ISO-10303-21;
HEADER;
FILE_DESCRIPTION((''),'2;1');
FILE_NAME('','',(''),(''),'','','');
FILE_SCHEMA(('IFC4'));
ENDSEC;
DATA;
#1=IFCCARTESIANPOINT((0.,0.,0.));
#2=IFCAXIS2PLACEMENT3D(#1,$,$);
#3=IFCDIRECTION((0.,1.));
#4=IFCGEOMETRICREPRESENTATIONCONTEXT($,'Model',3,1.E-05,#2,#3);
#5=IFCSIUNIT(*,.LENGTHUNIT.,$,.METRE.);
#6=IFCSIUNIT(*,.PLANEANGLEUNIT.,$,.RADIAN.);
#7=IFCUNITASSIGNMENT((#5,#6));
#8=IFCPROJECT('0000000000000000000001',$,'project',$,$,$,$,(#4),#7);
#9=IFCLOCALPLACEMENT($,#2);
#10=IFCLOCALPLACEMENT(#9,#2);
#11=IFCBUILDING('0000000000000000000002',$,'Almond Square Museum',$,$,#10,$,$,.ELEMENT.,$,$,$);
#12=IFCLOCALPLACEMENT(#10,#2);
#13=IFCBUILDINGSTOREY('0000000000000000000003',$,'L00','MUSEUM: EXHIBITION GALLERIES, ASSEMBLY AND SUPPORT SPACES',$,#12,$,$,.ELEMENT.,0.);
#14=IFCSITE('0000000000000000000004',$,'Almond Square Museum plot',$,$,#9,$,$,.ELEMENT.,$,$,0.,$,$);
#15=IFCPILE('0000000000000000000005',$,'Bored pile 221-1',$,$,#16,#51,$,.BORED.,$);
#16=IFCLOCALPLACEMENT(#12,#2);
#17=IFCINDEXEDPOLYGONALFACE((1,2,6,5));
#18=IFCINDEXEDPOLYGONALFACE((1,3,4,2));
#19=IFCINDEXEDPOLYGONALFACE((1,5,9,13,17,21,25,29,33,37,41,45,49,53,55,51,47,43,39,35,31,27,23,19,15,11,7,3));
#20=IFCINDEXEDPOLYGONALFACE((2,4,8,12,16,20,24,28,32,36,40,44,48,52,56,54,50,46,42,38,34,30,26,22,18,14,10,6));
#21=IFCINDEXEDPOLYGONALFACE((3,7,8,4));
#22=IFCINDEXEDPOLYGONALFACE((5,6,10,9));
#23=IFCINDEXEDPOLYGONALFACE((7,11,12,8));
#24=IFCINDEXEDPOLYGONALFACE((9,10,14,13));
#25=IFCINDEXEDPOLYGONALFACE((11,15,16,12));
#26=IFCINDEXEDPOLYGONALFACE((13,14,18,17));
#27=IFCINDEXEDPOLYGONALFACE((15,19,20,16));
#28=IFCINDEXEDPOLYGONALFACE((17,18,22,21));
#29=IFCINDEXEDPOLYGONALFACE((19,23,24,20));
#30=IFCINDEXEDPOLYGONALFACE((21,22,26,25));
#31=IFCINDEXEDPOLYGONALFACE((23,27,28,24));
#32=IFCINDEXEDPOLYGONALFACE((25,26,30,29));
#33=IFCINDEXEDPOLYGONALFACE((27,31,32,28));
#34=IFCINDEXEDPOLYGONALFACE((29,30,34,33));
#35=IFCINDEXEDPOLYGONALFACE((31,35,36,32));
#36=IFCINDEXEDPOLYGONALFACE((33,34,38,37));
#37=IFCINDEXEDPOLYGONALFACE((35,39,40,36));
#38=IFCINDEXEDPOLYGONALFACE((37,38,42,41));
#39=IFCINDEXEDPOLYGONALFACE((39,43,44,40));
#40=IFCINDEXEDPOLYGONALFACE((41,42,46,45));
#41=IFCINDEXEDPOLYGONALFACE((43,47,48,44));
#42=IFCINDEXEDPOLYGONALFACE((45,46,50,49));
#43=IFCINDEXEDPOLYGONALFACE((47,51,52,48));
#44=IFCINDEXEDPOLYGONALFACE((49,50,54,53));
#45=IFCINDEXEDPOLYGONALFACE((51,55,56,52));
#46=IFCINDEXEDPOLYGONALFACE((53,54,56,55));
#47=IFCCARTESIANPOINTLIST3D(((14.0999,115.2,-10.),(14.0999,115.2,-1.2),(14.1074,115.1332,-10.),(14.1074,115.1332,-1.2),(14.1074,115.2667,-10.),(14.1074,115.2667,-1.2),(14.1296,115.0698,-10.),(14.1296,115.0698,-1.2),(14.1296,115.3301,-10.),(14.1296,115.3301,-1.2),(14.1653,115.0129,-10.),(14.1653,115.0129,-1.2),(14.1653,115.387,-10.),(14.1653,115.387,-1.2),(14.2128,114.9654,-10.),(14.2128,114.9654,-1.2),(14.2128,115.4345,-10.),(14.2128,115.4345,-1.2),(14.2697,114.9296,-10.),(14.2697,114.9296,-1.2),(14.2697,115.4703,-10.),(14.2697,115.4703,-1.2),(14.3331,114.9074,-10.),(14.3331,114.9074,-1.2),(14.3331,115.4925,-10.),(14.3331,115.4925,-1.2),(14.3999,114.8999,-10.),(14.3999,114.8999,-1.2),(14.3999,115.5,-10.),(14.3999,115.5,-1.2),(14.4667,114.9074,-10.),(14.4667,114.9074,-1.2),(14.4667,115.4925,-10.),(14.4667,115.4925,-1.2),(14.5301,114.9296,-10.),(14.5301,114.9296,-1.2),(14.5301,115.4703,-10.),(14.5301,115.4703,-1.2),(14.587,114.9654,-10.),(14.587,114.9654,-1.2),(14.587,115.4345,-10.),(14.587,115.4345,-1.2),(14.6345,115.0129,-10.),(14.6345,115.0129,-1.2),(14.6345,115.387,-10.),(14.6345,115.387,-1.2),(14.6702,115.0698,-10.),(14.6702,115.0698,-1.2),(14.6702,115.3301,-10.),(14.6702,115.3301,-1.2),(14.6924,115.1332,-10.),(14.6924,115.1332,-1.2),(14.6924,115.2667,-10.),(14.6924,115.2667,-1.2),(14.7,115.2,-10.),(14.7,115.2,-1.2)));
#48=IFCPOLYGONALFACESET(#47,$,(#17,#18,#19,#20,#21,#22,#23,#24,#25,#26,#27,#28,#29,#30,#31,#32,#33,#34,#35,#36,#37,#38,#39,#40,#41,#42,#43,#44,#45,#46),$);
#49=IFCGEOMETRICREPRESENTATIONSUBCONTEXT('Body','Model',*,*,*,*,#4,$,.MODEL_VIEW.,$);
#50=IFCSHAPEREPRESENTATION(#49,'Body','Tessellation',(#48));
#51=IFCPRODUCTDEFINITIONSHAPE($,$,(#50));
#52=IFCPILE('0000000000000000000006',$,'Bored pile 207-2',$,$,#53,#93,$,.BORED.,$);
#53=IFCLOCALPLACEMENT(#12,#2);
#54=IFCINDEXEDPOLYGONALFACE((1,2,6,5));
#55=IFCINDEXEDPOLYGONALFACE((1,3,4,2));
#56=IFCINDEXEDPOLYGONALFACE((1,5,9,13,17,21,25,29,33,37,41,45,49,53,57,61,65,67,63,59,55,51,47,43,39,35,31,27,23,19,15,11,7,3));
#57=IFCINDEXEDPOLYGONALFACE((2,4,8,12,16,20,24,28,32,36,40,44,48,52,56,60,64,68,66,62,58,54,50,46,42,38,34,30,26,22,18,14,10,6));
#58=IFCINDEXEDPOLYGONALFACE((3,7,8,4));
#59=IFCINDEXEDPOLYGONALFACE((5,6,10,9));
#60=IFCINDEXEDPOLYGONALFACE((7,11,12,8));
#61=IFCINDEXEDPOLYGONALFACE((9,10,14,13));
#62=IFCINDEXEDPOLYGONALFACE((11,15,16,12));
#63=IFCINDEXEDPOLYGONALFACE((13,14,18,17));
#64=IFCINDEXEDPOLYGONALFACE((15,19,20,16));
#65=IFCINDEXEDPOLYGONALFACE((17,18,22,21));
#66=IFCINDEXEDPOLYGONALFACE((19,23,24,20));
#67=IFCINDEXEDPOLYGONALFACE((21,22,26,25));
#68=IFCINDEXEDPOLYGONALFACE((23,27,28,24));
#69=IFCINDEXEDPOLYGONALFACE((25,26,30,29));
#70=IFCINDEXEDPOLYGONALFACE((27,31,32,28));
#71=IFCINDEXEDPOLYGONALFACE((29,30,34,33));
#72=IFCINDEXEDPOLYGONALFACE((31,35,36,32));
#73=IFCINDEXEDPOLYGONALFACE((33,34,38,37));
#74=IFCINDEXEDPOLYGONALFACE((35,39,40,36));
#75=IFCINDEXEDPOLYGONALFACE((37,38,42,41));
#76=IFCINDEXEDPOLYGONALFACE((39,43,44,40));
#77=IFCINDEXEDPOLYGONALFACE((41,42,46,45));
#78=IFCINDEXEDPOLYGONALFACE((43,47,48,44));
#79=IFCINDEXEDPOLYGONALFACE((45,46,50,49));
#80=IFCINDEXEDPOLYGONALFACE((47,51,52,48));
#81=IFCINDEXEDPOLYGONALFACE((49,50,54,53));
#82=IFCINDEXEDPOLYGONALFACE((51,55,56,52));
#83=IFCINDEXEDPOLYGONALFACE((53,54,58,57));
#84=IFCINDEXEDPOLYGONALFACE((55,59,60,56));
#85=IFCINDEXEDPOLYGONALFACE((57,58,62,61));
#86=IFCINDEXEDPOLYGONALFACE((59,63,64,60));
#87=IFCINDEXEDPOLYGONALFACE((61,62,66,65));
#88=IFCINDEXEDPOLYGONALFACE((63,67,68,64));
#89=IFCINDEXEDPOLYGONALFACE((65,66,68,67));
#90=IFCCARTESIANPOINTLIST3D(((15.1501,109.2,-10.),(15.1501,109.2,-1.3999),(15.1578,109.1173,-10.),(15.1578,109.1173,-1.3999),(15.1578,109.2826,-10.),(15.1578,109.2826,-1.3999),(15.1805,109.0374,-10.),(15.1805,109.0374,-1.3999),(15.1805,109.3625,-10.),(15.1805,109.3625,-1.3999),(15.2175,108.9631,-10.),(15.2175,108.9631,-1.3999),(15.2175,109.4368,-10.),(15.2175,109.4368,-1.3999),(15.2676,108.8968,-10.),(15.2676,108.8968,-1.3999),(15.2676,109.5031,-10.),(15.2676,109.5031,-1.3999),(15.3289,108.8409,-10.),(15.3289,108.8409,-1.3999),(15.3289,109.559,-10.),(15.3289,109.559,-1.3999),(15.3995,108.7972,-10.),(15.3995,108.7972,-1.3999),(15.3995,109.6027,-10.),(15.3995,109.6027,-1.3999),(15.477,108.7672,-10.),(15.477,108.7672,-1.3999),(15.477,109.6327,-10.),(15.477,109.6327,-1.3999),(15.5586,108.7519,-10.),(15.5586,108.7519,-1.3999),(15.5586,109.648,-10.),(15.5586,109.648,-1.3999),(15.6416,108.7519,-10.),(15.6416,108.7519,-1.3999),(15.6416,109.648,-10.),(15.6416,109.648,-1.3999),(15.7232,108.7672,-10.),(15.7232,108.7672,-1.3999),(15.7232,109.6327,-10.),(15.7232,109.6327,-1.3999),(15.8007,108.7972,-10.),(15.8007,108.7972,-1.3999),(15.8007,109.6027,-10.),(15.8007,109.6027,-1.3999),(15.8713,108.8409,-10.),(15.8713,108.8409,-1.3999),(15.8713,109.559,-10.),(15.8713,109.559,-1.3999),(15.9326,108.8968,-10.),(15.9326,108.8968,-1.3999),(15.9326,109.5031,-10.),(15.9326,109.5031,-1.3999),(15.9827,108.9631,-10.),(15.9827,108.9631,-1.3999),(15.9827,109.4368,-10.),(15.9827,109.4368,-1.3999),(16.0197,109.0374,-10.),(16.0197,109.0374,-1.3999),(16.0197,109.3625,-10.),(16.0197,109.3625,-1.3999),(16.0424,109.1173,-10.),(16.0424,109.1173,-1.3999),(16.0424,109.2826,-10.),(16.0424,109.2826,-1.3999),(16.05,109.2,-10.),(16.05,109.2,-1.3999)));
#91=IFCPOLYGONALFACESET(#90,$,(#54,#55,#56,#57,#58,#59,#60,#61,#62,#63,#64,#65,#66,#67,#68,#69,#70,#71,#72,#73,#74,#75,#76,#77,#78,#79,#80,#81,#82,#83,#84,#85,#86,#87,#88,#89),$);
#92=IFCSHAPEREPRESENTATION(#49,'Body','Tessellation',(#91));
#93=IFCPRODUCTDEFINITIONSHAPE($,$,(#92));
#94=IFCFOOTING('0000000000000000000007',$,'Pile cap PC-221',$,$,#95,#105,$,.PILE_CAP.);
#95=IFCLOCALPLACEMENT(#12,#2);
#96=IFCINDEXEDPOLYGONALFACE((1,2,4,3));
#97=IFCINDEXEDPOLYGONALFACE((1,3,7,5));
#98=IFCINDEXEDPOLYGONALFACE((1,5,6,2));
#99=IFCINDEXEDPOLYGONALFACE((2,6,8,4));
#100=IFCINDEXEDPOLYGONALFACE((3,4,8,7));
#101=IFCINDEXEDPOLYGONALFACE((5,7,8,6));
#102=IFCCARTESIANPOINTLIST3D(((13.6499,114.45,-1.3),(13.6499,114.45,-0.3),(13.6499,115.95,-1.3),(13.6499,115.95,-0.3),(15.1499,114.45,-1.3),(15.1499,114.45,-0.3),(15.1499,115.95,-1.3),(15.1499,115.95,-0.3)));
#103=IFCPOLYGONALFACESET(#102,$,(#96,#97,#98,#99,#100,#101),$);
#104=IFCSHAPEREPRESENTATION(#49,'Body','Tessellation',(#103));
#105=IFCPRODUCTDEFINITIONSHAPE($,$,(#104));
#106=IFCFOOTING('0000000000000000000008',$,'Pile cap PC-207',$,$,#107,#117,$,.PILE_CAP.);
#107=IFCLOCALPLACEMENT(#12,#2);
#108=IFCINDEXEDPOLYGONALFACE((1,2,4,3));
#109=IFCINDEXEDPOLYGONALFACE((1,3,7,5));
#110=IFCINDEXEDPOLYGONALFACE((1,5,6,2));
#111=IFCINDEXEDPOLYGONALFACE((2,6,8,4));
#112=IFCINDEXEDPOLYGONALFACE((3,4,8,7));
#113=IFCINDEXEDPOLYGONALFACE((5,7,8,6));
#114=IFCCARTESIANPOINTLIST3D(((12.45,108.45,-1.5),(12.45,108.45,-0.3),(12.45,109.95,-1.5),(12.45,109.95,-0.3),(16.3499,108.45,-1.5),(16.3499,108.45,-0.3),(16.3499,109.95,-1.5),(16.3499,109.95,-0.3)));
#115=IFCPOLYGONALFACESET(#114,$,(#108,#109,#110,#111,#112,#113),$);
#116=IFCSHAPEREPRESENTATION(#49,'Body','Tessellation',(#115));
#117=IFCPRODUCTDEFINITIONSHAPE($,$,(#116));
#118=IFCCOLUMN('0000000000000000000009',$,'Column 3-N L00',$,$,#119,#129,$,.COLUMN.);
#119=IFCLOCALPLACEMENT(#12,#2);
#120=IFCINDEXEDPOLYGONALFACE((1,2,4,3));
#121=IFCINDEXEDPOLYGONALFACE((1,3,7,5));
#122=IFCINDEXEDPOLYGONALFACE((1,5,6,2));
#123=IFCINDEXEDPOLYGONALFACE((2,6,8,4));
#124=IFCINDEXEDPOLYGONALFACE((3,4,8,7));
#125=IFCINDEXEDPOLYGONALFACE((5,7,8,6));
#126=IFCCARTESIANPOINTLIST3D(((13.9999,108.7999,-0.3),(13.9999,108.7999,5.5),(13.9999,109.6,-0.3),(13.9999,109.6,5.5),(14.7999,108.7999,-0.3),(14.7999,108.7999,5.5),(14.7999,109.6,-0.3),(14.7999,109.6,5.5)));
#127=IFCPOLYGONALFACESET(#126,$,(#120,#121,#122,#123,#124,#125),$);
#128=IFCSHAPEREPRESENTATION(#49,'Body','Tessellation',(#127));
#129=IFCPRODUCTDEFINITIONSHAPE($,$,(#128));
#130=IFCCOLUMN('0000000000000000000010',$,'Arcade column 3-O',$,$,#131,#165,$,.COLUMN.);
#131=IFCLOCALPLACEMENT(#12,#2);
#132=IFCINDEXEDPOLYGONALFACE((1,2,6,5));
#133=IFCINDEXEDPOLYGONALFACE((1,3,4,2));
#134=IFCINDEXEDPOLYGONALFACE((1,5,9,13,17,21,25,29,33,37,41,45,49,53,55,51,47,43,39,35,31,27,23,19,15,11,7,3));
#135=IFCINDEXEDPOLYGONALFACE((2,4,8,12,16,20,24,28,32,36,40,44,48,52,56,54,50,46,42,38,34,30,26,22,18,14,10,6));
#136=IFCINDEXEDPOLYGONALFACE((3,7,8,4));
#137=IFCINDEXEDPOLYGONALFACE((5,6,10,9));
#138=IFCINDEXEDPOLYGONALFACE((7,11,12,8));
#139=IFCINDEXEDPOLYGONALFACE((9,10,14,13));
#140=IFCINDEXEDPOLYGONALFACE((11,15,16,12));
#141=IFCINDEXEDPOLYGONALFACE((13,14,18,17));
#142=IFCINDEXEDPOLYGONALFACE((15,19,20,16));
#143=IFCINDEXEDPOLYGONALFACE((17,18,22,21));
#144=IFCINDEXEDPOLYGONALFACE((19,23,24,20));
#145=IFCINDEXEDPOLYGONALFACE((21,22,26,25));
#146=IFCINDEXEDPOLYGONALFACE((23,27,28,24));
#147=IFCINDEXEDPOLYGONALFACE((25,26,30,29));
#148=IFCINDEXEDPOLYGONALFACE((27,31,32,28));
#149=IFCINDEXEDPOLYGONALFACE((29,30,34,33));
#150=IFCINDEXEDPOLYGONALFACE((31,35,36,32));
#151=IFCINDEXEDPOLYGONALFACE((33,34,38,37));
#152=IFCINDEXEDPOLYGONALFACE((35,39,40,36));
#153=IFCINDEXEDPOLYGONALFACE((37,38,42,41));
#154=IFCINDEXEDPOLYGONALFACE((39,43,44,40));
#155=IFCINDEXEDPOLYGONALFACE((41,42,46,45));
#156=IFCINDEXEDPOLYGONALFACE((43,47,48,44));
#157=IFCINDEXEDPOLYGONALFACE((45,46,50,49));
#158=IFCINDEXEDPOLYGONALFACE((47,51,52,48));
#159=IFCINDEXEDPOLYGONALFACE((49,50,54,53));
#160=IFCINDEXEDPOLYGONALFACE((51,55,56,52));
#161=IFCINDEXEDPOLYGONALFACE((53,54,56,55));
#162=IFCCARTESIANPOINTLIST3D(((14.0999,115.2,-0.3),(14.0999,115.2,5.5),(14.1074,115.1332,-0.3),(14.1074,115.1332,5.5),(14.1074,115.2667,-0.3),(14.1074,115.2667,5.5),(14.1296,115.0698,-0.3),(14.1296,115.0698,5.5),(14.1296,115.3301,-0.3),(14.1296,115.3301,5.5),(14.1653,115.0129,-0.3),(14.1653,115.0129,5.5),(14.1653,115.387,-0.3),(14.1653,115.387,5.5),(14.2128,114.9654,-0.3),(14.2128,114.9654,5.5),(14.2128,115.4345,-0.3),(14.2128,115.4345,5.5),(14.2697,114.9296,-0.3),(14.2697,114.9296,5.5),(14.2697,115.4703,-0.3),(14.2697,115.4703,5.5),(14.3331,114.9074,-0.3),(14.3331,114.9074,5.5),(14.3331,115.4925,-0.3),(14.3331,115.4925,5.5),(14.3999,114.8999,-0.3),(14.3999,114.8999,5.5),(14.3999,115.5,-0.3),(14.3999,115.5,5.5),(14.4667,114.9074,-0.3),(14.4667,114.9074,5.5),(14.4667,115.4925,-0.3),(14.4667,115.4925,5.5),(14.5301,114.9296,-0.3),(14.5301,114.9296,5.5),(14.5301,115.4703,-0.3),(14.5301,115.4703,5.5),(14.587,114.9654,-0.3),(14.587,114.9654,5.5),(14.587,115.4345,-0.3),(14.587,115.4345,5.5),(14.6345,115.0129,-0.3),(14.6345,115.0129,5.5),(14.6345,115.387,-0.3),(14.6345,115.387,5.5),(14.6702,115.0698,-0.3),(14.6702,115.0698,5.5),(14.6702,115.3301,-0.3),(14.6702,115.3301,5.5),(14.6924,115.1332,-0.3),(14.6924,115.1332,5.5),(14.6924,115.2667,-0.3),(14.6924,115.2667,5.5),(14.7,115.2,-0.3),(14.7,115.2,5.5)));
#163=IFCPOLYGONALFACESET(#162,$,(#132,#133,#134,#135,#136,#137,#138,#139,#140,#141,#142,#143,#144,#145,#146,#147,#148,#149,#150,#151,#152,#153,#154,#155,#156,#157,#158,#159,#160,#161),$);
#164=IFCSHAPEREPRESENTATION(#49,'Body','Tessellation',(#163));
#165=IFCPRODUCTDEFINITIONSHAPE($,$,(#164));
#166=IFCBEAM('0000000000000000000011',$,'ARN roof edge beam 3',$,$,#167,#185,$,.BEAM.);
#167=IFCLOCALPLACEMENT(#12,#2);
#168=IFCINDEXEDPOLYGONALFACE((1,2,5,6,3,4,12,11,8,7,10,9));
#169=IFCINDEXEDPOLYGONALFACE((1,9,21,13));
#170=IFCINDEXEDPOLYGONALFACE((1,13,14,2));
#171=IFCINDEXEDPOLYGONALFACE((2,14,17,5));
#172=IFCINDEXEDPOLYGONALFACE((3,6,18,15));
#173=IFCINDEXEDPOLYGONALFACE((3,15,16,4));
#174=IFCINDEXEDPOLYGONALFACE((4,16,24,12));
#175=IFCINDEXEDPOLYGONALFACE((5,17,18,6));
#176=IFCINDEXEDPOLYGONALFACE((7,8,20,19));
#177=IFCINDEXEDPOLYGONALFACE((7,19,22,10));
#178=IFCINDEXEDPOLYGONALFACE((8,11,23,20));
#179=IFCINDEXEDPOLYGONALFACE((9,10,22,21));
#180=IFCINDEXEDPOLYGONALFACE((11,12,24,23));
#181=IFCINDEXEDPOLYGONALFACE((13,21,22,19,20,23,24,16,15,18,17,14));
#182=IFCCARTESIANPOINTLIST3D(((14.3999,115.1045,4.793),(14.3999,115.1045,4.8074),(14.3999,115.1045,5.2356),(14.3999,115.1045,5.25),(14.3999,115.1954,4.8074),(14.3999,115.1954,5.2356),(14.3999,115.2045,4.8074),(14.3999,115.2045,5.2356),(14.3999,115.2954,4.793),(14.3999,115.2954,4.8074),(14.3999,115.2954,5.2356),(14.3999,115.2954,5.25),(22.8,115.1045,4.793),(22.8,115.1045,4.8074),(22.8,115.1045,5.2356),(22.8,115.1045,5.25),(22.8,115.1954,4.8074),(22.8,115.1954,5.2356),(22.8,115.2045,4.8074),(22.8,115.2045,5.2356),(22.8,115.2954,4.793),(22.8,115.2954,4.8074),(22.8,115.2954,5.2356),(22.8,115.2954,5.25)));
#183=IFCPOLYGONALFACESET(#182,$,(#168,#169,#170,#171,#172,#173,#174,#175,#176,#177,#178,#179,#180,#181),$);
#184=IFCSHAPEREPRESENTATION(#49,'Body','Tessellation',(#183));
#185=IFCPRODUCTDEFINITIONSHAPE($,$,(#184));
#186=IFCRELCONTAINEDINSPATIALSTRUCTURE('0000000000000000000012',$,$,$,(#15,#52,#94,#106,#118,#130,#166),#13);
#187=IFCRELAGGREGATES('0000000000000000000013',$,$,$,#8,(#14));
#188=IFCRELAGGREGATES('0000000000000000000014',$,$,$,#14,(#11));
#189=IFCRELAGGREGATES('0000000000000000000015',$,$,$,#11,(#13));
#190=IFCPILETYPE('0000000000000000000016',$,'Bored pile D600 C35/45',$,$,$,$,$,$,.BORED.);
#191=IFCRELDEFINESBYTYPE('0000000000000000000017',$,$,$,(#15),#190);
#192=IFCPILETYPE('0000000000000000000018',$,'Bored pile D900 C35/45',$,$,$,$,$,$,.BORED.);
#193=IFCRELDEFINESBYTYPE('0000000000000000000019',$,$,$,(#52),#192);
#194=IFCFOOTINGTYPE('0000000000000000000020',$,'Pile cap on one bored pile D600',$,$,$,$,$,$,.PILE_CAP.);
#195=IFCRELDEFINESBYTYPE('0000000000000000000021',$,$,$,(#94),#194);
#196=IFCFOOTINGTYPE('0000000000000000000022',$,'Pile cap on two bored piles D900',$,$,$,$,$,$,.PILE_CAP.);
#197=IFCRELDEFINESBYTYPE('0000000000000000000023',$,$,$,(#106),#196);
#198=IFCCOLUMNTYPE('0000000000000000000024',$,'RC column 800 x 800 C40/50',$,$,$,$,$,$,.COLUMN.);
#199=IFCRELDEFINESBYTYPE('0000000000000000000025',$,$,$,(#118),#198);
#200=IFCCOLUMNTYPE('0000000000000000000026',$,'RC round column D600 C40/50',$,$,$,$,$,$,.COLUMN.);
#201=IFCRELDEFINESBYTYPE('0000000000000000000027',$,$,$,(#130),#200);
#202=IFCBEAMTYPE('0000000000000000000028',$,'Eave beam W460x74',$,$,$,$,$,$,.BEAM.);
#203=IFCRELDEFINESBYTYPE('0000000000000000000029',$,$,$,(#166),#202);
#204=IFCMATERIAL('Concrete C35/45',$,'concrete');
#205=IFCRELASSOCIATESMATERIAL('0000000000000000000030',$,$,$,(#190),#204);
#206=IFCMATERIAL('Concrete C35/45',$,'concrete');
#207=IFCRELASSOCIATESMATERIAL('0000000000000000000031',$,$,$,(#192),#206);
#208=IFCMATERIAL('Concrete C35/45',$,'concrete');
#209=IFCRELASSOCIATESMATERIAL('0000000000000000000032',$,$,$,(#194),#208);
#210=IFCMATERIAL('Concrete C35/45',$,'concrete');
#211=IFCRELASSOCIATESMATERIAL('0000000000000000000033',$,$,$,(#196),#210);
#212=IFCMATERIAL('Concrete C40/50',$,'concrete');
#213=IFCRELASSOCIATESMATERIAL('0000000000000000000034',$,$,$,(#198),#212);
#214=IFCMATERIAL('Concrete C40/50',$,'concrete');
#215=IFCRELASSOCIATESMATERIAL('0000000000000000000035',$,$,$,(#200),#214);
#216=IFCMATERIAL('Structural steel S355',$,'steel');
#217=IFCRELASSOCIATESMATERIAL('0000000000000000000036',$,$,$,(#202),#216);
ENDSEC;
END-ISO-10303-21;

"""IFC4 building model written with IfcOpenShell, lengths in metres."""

from ifc_helpers import new_model, si_unit, direction, frame, origin, origin_2d, place, context, subcontext, project, spatial, rectangle, circle, i_section, extrude, material, material_profile, profile_set, type_object, element, save


model = new_model("IFC4")

# Units and contexts
model_context = context("Model", 3, precision=1e-05, world=origin(), true_north=direction((0.0, 1.0)))
body_context = subcontext(model_context, "Body", "Model", "MODEL_VIEW")
ifc_project = project(units=[si_unit("LENGTHUNIT", "METRE"), si_unit("PLANEANGLEUNIT", "RADIAN")], contexts=[model_context])

# Site, building, storey
site_placement = place(None, origin())
site = spatial("IfcSite", under=ifc_project, at=site_placement, Name="Almond Square Museum plot", CompositionType="ELEMENT", RefElevation=0.0)
building_placement = place(site_placement, origin())
building = spatial("IfcBuilding", under=site, at=building_placement, Name="Almond Square Museum", CompositionType="ELEMENT")
storey_placement = place(building_placement, origin())
storey = spatial("IfcBuildingStorey", under=building, at=storey_placement, Name="L00", Description="MUSEUM: EXHIBITION GALLERIES, ASSEMBLY AND SUPPORT SPACES", CompositionType="ELEMENT", Elevation=0.0)

# Piles
ifc_material_1 = material(Name="Concrete C35/45", Category="concrete")
ifc_material_profile_1 = material_profile(ifc_material_1, circle(Radius=0.3, at=origin_2d()))
ifc_profile_set_1 = profile_set([ifc_material_profile_1], Name="Concrete C35/45")
pile_type_1 = type_object("IfcPileType", Name="Bored pile D600 C35/45", PredefinedType="BORED", material=ifc_profile_set_1)
pile_1_placement = place(storey_placement, frame((14.3999, 115.2, -1.2), z_axis=(0.0, 0.0, -1.0), x_axis=(1.0, 0.0, 0.0)))
element("IfcPile", 1, at=pile_1_placement, inside=storey, type_object=pile_type_1, Name="Bored pile 221-1", PredefinedType="BORED", context=body_context, shape_type="SweptSolid", body=[
    extrude(circle(Radius=0.3, at=origin_2d()), origin(), (0.0, 0.0, 1.0), 8.8),
])
ifc_material_2 = material(Name="Concrete C35/45", Category="concrete")
ifc_material_profile_2 = material_profile(ifc_material_2, circle(Radius=0.45, at=origin_2d()))
ifc_profile_set_2 = profile_set([ifc_material_profile_2], Name="Concrete C35/45")
pile_type_2 = type_object("IfcPileType", Name="Bored pile D900 C35/45", PredefinedType="BORED", material=ifc_profile_set_2)
pile_2_placement = place(storey_placement, frame((15.6001, 109.2, -1.3999), z_axis=(0.0, 0.0, -1.0), x_axis=(1.0, 0.0, 0.0)))
element("IfcPile", 2, at=pile_2_placement, inside=storey, type_object=pile_type_2, Name="Bored pile 207-2", PredefinedType="BORED", context=body_context, shape_type="SweptSolid", body=[
    extrude(circle(Radius=0.45, at=origin_2d()), origin(), (0.0, 0.0, 1.0), 8.6001),
])

# Footings
ifc_material_3 = material(Name="Concrete C35/45", Category="concrete")
footing_type_1 = type_object("IfcFootingType", Name="Pile cap on one bored pile D600", PredefinedType="PILE_CAP", material=ifc_material_3)
footing_1_placement = place(storey_placement, frame((14.3999, 115.2, -1.3), z_axis=(0.0, 0.0, 1.0), x_axis=(1.0, 0.0, 0.0)))
element("IfcFooting", 3, at=footing_1_placement, inside=storey, type_object=footing_type_1, Name="Pile cap PC-221", PredefinedType="PILE_CAP", context=body_context, shape_type="SweptSolid", body=[
    extrude(rectangle(XDim=1.5, YDim=1.5, at=origin_2d()), origin(), (0.0, 0.0, 1.0), 1.0),
])
ifc_material_4 = material(Name="Concrete C35/45", Category="concrete")
footing_type_2 = type_object("IfcFootingType", Name="Pile cap on two bored piles D900", PredefinedType="PILE_CAP", material=ifc_material_4)
footing_2_placement = place(storey_placement, frame((14.3999, 109.2, -1.5), z_axis=(0.0, 0.0, 1.0), x_axis=(1.0, 0.0, 0.0)))
element("IfcFooting", 4, at=footing_2_placement, inside=storey, type_object=footing_type_2, Name="Pile cap PC-207", PredefinedType="PILE_CAP", context=body_context, shape_type="SweptSolid", body=[
    extrude(rectangle(XDim=3.8999, YDim=1.5, at=origin_2d()), origin(), (0.0, 0.0, 1.0), 1.2),
])

# Columns
ifc_material_5 = material(Name="Concrete C40/50", Category="concrete")
ifc_material_profile_3 = material_profile(ifc_material_5, rectangle(XDim=0.8, YDim=0.8, at=origin_2d()))
ifc_profile_set_3 = profile_set([ifc_material_profile_3], Name="Concrete C40/50")
column_type_1 = type_object("IfcColumnType", Name="RC column 800 x 800 C40/50", PredefinedType="COLUMN", material=ifc_profile_set_3)
column_1_placement = place(storey_placement, frame((14.3999, 109.2, -0.3), z_axis=(0.0, 0.0, 1.0), x_axis=(1.0, 0.0, 0.0)))
element("IfcColumn", 5, at=column_1_placement, inside=storey, type_object=column_type_1, Name="Column 3-N L00", PredefinedType="COLUMN", context=body_context, shape_type="SweptSolid", body=[
    extrude(rectangle(XDim=0.8, YDim=0.8, at=origin_2d()), origin(), (0.0, 0.0, 1.0), 5.8),
])
ifc_material_6 = material(Name="Concrete C40/50", Category="concrete")
ifc_material_profile_4 = material_profile(ifc_material_6, circle(Radius=0.3, at=origin_2d()))
ifc_profile_set_4 = profile_set([ifc_material_profile_4], Name="Concrete C40/50")
column_type_2 = type_object("IfcColumnType", Name="RC round column D600 C40/50", PredefinedType="COLUMN", material=ifc_profile_set_4)
column_2_placement = place(storey_placement, frame((14.3999, 115.2, -0.3), z_axis=(0.0, 0.0, 1.0), x_axis=(1.0, 0.0, 0.0)))
element("IfcColumn", 6, at=column_2_placement, inside=storey, type_object=column_type_2, Name="Arcade column 3-O", PredefinedType="COLUMN", context=body_context, shape_type="SweptSolid", body=[
    extrude(circle(Radius=0.3, at=origin_2d()), origin(), (0.0, 0.0, 1.0), 5.8),
])

# Beam
ifc_material_7 = material(Name="Structural steel S355", Category="steel")
ifc_material_profile_5 = material_profile(ifc_material_7, i_section(OverallWidth=0.1909, OverallDepth=0.457, WebThickness=0.009, FlangeThickness=0.0144, at=origin_2d()))
ifc_profile_set_5 = profile_set([ifc_material_profile_5], Name="Structural steel S355")
beam_type_1 = type_object("IfcBeamType", Name="Eave beam W460x74", PredefinedType="BEAM", material=ifc_profile_set_5)
beam_1_placement = place(storey_placement, frame((14.3999, 115.2, 5.0215), z_axis=(1.0, 0.0, 0.0), x_axis=(0.0, 1.0, 0.0)))
element("IfcBeam", 7, at=beam_1_placement, inside=storey, type_object=beam_type_1, Name="ARN roof edge beam 3", PredefinedType="BEAM", context=body_context, shape_type="SweptSolid", body=[
    extrude(i_section(OverallWidth=0.1909, OverallDepth=0.457, WebThickness=0.009, FlangeThickness=0.0144, at=origin_2d()), origin(), (0.0, 0.0, 1.0), 8.4001),
])

save(model, "model.ifc")
